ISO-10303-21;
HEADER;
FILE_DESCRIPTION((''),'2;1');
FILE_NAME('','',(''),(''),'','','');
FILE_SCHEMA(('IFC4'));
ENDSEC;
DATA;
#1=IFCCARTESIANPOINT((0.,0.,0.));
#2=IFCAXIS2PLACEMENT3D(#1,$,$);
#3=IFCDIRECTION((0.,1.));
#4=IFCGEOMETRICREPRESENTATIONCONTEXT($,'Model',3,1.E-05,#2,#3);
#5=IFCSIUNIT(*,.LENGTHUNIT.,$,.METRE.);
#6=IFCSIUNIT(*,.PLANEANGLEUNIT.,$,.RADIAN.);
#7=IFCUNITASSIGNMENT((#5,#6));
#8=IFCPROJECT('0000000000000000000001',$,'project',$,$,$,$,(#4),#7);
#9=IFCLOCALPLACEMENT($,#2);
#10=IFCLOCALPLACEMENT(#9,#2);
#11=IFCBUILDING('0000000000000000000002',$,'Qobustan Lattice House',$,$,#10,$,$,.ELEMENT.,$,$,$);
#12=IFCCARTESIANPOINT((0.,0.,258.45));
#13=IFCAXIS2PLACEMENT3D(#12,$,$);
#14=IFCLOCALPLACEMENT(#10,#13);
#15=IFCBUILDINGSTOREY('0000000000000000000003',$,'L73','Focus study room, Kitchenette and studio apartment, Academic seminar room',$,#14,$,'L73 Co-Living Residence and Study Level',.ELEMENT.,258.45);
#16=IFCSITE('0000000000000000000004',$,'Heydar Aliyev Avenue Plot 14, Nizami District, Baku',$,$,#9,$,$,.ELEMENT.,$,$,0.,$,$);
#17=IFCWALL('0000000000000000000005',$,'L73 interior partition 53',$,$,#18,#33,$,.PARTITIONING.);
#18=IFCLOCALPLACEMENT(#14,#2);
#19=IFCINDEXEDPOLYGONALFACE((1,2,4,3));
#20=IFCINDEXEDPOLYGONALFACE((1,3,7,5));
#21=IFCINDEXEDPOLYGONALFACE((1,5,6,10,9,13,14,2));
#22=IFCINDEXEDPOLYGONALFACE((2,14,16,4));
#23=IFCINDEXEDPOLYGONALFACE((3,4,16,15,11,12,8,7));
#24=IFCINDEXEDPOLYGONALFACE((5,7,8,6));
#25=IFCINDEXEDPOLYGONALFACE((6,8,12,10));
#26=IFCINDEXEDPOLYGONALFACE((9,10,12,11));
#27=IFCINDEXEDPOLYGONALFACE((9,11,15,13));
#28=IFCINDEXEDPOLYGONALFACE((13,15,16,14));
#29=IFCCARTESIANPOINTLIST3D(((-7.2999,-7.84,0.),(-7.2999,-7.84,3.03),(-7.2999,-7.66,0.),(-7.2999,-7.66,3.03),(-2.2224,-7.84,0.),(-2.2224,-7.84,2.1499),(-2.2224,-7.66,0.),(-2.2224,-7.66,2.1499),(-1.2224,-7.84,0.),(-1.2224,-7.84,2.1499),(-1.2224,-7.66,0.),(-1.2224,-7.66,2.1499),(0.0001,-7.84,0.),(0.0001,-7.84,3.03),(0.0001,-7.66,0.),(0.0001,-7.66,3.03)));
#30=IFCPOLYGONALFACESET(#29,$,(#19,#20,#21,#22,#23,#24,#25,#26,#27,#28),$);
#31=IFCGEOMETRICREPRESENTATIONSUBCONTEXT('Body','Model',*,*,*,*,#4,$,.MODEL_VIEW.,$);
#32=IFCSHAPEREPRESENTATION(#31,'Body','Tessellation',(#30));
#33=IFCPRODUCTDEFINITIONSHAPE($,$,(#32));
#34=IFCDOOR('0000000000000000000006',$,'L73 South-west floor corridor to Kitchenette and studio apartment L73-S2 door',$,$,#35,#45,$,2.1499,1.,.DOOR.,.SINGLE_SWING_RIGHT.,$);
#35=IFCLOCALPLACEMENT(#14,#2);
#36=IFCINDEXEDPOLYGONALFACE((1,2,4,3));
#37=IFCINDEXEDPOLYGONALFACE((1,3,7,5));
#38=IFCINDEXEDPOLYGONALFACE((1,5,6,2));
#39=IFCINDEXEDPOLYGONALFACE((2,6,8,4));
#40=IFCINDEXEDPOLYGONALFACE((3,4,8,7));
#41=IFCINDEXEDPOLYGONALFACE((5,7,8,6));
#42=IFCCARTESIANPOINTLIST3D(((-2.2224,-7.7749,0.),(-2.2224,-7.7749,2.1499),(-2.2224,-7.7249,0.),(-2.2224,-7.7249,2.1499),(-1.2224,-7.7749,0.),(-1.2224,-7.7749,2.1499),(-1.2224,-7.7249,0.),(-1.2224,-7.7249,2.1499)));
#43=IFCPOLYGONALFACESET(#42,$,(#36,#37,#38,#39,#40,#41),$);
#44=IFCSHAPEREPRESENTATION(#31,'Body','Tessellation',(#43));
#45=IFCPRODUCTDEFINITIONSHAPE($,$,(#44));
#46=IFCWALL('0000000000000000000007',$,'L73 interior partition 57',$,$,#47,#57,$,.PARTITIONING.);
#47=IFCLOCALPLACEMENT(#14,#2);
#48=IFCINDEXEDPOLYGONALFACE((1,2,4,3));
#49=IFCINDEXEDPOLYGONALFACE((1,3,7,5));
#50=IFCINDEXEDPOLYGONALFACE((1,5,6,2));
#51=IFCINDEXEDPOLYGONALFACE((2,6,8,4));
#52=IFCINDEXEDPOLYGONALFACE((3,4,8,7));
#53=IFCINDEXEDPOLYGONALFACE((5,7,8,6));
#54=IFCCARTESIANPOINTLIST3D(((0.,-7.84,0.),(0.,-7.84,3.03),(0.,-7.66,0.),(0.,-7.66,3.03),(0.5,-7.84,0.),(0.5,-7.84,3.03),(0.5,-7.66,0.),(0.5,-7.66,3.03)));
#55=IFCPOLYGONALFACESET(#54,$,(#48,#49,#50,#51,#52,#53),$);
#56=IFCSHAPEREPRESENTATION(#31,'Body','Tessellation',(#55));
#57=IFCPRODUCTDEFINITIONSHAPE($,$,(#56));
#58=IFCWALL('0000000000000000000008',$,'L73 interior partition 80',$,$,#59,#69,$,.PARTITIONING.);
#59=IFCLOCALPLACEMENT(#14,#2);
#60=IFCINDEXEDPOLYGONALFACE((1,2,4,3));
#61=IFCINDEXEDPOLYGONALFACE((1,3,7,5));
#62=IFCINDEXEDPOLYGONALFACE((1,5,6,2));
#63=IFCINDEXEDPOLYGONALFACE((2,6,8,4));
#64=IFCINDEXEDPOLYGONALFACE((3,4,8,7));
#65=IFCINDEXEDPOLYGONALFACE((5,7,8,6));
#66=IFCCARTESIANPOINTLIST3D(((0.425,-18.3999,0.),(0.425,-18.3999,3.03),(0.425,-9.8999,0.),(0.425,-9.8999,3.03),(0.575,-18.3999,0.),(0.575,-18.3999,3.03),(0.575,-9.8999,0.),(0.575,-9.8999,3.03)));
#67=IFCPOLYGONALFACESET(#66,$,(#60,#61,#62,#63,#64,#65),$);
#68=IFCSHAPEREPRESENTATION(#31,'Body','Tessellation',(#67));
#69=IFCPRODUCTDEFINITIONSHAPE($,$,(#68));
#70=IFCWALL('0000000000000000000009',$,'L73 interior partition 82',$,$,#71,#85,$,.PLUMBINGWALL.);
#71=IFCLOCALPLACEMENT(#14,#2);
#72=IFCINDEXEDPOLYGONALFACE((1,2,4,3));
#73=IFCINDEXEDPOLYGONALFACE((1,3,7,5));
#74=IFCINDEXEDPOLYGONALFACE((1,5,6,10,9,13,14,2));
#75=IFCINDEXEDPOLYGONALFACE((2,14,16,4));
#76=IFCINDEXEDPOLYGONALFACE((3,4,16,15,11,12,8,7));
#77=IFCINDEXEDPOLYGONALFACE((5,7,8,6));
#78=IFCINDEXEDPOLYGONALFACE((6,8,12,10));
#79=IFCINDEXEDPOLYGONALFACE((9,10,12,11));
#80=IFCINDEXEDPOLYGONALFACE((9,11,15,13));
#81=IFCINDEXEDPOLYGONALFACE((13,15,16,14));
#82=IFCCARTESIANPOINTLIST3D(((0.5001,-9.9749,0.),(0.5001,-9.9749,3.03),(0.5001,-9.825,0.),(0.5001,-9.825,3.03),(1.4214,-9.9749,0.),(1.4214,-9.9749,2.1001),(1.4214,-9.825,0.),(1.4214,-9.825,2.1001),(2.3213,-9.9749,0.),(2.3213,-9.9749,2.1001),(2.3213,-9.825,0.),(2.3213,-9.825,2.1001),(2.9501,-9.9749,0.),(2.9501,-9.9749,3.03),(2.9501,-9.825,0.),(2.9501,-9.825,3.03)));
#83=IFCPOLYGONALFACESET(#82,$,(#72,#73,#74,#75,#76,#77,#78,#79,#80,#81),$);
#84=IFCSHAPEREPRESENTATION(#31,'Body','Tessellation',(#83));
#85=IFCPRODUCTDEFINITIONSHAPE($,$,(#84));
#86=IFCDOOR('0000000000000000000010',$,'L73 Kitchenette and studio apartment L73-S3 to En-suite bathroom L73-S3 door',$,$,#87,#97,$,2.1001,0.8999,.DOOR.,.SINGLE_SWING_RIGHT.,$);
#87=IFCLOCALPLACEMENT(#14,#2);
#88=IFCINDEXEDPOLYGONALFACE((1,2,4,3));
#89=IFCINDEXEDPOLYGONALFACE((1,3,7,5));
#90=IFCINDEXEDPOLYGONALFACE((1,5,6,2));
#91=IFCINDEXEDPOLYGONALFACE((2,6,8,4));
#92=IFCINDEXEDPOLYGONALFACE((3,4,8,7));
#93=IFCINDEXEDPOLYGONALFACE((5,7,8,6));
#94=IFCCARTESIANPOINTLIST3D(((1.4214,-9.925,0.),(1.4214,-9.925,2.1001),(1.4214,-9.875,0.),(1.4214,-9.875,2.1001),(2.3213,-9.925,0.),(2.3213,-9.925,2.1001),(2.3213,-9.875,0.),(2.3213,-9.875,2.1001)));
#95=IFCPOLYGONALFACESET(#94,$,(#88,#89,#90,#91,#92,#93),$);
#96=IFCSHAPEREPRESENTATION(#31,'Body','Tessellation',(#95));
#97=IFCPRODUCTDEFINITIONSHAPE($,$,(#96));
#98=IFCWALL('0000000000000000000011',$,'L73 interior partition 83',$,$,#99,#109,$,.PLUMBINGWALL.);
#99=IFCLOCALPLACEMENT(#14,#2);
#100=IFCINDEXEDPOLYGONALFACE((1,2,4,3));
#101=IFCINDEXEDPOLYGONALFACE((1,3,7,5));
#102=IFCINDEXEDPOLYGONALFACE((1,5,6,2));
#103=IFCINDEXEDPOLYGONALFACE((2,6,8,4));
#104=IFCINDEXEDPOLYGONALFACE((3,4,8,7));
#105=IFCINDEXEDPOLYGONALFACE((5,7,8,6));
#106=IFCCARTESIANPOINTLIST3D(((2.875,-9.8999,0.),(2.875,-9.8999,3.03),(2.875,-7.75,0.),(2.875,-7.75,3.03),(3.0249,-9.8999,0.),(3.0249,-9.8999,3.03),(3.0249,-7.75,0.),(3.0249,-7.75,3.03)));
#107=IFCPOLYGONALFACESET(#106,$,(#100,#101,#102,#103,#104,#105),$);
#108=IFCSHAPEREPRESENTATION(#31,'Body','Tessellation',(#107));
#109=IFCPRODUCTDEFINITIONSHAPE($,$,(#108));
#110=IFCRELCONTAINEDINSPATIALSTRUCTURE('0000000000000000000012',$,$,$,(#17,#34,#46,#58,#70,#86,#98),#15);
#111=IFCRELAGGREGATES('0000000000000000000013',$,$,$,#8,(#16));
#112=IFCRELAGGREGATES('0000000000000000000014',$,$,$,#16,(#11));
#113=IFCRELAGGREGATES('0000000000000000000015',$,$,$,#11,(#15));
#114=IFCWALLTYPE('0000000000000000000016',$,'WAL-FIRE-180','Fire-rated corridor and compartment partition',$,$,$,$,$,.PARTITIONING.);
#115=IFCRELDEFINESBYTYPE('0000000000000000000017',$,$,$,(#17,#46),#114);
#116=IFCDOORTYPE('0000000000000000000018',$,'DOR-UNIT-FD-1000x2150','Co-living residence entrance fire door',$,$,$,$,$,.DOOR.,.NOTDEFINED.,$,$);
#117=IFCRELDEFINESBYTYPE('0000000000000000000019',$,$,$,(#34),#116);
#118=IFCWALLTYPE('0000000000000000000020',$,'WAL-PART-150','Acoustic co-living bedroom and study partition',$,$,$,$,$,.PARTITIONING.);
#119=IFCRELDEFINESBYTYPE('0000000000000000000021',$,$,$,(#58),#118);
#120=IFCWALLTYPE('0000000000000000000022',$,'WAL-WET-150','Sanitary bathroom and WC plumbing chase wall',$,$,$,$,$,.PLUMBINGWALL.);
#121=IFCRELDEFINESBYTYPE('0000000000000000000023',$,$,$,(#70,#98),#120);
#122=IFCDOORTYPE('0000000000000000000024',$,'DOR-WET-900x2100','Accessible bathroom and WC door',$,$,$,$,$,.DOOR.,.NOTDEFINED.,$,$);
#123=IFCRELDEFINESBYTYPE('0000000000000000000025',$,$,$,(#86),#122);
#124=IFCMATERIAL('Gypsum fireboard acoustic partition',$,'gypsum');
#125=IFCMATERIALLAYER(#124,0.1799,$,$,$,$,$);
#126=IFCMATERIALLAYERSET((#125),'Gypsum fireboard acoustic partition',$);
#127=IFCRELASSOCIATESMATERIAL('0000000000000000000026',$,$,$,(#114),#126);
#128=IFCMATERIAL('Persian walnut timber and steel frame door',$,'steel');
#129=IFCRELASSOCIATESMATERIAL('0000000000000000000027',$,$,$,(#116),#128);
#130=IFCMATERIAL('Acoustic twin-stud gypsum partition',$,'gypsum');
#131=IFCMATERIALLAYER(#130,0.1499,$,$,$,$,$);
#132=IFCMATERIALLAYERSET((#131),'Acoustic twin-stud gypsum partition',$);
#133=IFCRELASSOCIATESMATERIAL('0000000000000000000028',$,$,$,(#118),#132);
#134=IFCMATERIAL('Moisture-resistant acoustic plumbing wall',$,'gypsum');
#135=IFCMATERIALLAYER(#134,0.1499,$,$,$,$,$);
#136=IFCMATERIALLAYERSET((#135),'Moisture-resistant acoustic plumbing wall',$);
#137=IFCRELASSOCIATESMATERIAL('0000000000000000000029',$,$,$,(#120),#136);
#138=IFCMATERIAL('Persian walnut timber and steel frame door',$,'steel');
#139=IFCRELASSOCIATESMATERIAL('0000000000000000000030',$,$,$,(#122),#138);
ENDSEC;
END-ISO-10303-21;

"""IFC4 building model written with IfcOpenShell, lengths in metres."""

from ifc_helpers import new_model, si_unit, direction, frame, frame_2d, origin, place, context, subcontext, project, spatial, rectangle, extrude, material, layer, layer_set, type_object, element, fill, save


model = new_model("IFC4")

# Units and contexts
model_context = context("Model", 3, precision=1e-05, world=origin(), true_north=direction((0.0, 1.0)))
body_context = subcontext(model_context, "Body", "Model", "MODEL_VIEW")
ifc_project = project(units=[si_unit("LENGTHUNIT", "METRE"), si_unit("PLANEANGLEUNIT", "RADIAN")], contexts=[model_context])

# Site, building, storey
site_placement = place(None, origin())
site = spatial("IfcSite", under=ifc_project, at=site_placement, Name="Heydar Aliyev Avenue Plot 14, Nizami District, Baku", CompositionType="ELEMENT", RefElevation=0.0)
building_placement = place(site_placement, origin())
building = spatial("IfcBuilding", under=site, at=building_placement, Name="Qobustan Lattice House", CompositionType="ELEMENT")
storey_placement = place(building_placement, frame((0.0, 0.0, 258.45)))
storey = spatial("IfcBuildingStorey", under=building, at=storey_placement, Name="L73", Description="Focus study room, Kitchenette and studio apartment, Academic seminar room", LongName="L73 Co-Living Residence and Study Level", CompositionType="ELEMENT", Elevation=258.45)

# Wall, opening, door
ifc_material_1 = material(Name="Gypsum fireboard acoustic partition", Category="gypsum")
ifc_layer_1 = layer(ifc_material_1, 0.1799)
ifc_layer_set_1 = layer_set([ifc_layer_1], Name="Gypsum fireboard acoustic partition")
wall_type_1 = type_object("IfcWallType", Name="WAL-FIRE-180", Description="Fire-rated corridor and compartment partition", PredefinedType="PARTITIONING", material=ifc_layer_set_1)
wall_1_placement = place(storey_placement, frame((0.0, -7.75, 0.0), z_axis=(0.0, 0.0, 1.0), x_axis=(-1.0, 0.0, 0.0)))
wall_1 = element("IfcWall", 1, at=wall_1_placement, inside=storey, type_object=wall_type_1, Name="L73 interior partition 53", PredefinedType="PARTITIONING", context=body_context, shape_type="SweptSolid", body=[
    extrude(rectangle(XDim=7.3, YDim=0.1799, at=frame_2d((3.6499, 0.0))), origin(), (0.0, 0.0, 1.0), 3.03),
])
opening_1_placement = place(wall_1_placement, frame((1.2224, 0.0, 0.0)))
opening_1 = element("IfcOpeningElement", 2, at=opening_1_placement, cuts=wall_1, PredefinedType="OPENING", context=body_context, shape_type="SweptSolid", body=[
    extrude(rectangle(XDim=1.0, YDim=2.1499, at=frame_2d((0.5, 1.075))), frame((0.0, 0.0999, 0.0), z_axis=(0.0, -1.0, 0.0), x_axis=(1.0, 0.0, 0.0)), (0.0, 0.0, 1.0), 0.2),
])
ifc_material_2 = material(Name="Persian walnut timber and steel frame door", Category="steel")
door_type_1 = type_object("IfcDoorType", Name="DOR-UNIT-FD-1000x2150", Description="Co-living residence entrance fire door", OperationType="NOTDEFINED", PredefinedType="DOOR", material=ifc_material_2)
door_1_placement = place(opening_1_placement, origin())
door_1 = element("IfcDoor", 3, at=door_1_placement, inside=storey, type_object=door_type_1, Name="L73 South-west floor corridor to Kitchenette and studio apartment L73-S2 door", OperationType="SINGLE_SWING_RIGHT", OverallHeight=2.1499, OverallWidth=1.0, PredefinedType="DOOR", context=body_context, shape_type="SweptSolid", body=[
    extrude(rectangle(XDim=1.0, YDim=2.1499, at=frame_2d((0.5, 1.075))), frame((0.0, 0.0249, 0.0), z_axis=(0.0, -1.0, 0.0), x_axis=(1.0, 0.0, 0.0)), (0.0, 0.0, 1.0), 0.05),
])
fill(opening_1, door_1)

# Walls
wall_2_placement = place(storey_placement, frame((0.5, -7.75, 0.0), z_axis=(0.0, 0.0, 1.0), x_axis=(-1.0, 0.0, 0.0)))
element("IfcWall", 4, at=wall_2_placement, inside=storey, type_object=wall_type_1, Name="L73 interior partition 57", PredefinedType="PARTITIONING", context=body_context, shape_type="SweptSolid", body=[
    extrude(rectangle(XDim=0.5, YDim=0.1799, at=frame_2d((0.25, 0.0))), origin(), (0.0, 0.0, 1.0), 3.03),
])
ifc_material_3 = material(Name="Acoustic twin-stud gypsum partition", Category="gypsum")
ifc_layer_2 = layer(ifc_material_3, 0.1499)
ifc_layer_set_2 = layer_set([ifc_layer_2], Name="Acoustic twin-stud gypsum partition")
wall_type_2 = type_object("IfcWallType", Name="WAL-PART-150", Description="Acoustic co-living bedroom and study partition", PredefinedType="PARTITIONING", material=ifc_layer_set_2)
wall_3_placement = place(storey_placement, frame((0.5, -9.8999, 0.0), z_axis=(0.0, 0.0, 1.0), x_axis=(0.0, -1.0, 0.0)))
element("IfcWall", 5, at=wall_3_placement, inside=storey, type_object=wall_type_2, Name="L73 interior partition 80", PredefinedType="PARTITIONING", context=body_context, shape_type="SweptSolid", body=[
    extrude(rectangle(XDim=8.5, YDim=0.1499, at=frame_2d((4.25, 0.0))), origin(), (0.0, 0.0, 1.0), 3.03),
])

# Wall, opening, door
ifc_material_4 = material(Name="Moisture-resistant acoustic plumbing wall", Category="gypsum")
ifc_layer_3 = layer(ifc_material_4, 0.1499)
ifc_layer_set_3 = layer_set([ifc_layer_3], Name="Moisture-resistant acoustic plumbing wall")
wall_type_3 = type_object("IfcWallType", Name="WAL-WET-150", Description="Sanitary bathroom and WC plumbing chase wall", PredefinedType="PLUMBINGWALL", material=ifc_layer_set_3)
wall_4_placement = place(storey_placement, frame((0.5, -9.8999, 0.0), z_axis=(0.0, 0.0, 1.0), x_axis=(1.0, 0.0, 0.0)))
wall_4 = element("IfcWall", 6, at=wall_4_placement, inside=storey, type_object=wall_type_3, Name="L73 interior partition 82", PredefinedType="PLUMBINGWALL", context=body_context, shape_type="SweptSolid", body=[
    extrude(rectangle(XDim=2.45, YDim=0.1499, at=frame_2d((1.2251, 0.0))), origin(), (0.0, 0.0, 1.0), 3.03),
])
opening_2_placement = place(wall_4_placement, frame((0.9214, 0.0, 0.0)))
opening_2 = element("IfcOpeningElement", 7, at=opening_2_placement, cuts=wall_4, PredefinedType="OPENING", context=body_context, shape_type="SweptSolid", body=[
    extrude(rectangle(XDim=0.8999, YDim=2.1001, at=frame_2d((0.45, 1.05))), frame((0.0, 0.085, 0.0), z_axis=(0.0, -1.0, 0.0), x_axis=(1.0, 0.0, 0.0)), (0.0, 0.0, 1.0), 0.1699),
])
ifc_material_5 = material(Name="Persian walnut timber and steel frame door", Category="steel")
door_type_2 = type_object("IfcDoorType", Name="DOR-WET-900x2100", Description="Accessible bathroom and WC door", OperationType="NOTDEFINED", PredefinedType="DOOR", material=ifc_material_5)
door_2_placement = place(opening_2_placement, origin())
door_2 = element("IfcDoor", 8, at=door_2_placement, inside=storey, type_object=door_type_2, Name="L73 Kitchenette and studio apartment L73-S3 to En-suite bathroom L73-S3 door", OperationType="SINGLE_SWING_RIGHT", OverallHeight=2.1001, OverallWidth=0.8999, PredefinedType="DOOR", context=body_context, shape_type="SweptSolid", body=[
    extrude(rectangle(XDim=0.8999, YDim=2.1001, at=frame_2d((0.45, 1.05))), frame((0.0, 0.0249, 0.0), z_axis=(0.0, -1.0, 0.0), x_axis=(1.0, 0.0, 0.0)), (0.0, 0.0, 1.0), 0.05),
])
fill(opening_2, door_2)

# Wall
wall_5_placement = place(storey_placement, frame((2.95, -9.8999, 0.0), z_axis=(0.0, 0.0, 1.0), x_axis=(0.0, 1.0, 0.0)))
element("IfcWall", 9, at=wall_5_placement, inside=storey, type_object=wall_type_3, Name="L73 interior partition 83", PredefinedType="PLUMBINGWALL", context=body_context, shape_type="SweptSolid", body=[
    extrude(rectangle(XDim=2.1499, YDim=0.1499, at=frame_2d((1.075, 0.0))), origin(), (0.0, 0.0, 1.0), 3.03),
])

save(model, "model.ifc")
